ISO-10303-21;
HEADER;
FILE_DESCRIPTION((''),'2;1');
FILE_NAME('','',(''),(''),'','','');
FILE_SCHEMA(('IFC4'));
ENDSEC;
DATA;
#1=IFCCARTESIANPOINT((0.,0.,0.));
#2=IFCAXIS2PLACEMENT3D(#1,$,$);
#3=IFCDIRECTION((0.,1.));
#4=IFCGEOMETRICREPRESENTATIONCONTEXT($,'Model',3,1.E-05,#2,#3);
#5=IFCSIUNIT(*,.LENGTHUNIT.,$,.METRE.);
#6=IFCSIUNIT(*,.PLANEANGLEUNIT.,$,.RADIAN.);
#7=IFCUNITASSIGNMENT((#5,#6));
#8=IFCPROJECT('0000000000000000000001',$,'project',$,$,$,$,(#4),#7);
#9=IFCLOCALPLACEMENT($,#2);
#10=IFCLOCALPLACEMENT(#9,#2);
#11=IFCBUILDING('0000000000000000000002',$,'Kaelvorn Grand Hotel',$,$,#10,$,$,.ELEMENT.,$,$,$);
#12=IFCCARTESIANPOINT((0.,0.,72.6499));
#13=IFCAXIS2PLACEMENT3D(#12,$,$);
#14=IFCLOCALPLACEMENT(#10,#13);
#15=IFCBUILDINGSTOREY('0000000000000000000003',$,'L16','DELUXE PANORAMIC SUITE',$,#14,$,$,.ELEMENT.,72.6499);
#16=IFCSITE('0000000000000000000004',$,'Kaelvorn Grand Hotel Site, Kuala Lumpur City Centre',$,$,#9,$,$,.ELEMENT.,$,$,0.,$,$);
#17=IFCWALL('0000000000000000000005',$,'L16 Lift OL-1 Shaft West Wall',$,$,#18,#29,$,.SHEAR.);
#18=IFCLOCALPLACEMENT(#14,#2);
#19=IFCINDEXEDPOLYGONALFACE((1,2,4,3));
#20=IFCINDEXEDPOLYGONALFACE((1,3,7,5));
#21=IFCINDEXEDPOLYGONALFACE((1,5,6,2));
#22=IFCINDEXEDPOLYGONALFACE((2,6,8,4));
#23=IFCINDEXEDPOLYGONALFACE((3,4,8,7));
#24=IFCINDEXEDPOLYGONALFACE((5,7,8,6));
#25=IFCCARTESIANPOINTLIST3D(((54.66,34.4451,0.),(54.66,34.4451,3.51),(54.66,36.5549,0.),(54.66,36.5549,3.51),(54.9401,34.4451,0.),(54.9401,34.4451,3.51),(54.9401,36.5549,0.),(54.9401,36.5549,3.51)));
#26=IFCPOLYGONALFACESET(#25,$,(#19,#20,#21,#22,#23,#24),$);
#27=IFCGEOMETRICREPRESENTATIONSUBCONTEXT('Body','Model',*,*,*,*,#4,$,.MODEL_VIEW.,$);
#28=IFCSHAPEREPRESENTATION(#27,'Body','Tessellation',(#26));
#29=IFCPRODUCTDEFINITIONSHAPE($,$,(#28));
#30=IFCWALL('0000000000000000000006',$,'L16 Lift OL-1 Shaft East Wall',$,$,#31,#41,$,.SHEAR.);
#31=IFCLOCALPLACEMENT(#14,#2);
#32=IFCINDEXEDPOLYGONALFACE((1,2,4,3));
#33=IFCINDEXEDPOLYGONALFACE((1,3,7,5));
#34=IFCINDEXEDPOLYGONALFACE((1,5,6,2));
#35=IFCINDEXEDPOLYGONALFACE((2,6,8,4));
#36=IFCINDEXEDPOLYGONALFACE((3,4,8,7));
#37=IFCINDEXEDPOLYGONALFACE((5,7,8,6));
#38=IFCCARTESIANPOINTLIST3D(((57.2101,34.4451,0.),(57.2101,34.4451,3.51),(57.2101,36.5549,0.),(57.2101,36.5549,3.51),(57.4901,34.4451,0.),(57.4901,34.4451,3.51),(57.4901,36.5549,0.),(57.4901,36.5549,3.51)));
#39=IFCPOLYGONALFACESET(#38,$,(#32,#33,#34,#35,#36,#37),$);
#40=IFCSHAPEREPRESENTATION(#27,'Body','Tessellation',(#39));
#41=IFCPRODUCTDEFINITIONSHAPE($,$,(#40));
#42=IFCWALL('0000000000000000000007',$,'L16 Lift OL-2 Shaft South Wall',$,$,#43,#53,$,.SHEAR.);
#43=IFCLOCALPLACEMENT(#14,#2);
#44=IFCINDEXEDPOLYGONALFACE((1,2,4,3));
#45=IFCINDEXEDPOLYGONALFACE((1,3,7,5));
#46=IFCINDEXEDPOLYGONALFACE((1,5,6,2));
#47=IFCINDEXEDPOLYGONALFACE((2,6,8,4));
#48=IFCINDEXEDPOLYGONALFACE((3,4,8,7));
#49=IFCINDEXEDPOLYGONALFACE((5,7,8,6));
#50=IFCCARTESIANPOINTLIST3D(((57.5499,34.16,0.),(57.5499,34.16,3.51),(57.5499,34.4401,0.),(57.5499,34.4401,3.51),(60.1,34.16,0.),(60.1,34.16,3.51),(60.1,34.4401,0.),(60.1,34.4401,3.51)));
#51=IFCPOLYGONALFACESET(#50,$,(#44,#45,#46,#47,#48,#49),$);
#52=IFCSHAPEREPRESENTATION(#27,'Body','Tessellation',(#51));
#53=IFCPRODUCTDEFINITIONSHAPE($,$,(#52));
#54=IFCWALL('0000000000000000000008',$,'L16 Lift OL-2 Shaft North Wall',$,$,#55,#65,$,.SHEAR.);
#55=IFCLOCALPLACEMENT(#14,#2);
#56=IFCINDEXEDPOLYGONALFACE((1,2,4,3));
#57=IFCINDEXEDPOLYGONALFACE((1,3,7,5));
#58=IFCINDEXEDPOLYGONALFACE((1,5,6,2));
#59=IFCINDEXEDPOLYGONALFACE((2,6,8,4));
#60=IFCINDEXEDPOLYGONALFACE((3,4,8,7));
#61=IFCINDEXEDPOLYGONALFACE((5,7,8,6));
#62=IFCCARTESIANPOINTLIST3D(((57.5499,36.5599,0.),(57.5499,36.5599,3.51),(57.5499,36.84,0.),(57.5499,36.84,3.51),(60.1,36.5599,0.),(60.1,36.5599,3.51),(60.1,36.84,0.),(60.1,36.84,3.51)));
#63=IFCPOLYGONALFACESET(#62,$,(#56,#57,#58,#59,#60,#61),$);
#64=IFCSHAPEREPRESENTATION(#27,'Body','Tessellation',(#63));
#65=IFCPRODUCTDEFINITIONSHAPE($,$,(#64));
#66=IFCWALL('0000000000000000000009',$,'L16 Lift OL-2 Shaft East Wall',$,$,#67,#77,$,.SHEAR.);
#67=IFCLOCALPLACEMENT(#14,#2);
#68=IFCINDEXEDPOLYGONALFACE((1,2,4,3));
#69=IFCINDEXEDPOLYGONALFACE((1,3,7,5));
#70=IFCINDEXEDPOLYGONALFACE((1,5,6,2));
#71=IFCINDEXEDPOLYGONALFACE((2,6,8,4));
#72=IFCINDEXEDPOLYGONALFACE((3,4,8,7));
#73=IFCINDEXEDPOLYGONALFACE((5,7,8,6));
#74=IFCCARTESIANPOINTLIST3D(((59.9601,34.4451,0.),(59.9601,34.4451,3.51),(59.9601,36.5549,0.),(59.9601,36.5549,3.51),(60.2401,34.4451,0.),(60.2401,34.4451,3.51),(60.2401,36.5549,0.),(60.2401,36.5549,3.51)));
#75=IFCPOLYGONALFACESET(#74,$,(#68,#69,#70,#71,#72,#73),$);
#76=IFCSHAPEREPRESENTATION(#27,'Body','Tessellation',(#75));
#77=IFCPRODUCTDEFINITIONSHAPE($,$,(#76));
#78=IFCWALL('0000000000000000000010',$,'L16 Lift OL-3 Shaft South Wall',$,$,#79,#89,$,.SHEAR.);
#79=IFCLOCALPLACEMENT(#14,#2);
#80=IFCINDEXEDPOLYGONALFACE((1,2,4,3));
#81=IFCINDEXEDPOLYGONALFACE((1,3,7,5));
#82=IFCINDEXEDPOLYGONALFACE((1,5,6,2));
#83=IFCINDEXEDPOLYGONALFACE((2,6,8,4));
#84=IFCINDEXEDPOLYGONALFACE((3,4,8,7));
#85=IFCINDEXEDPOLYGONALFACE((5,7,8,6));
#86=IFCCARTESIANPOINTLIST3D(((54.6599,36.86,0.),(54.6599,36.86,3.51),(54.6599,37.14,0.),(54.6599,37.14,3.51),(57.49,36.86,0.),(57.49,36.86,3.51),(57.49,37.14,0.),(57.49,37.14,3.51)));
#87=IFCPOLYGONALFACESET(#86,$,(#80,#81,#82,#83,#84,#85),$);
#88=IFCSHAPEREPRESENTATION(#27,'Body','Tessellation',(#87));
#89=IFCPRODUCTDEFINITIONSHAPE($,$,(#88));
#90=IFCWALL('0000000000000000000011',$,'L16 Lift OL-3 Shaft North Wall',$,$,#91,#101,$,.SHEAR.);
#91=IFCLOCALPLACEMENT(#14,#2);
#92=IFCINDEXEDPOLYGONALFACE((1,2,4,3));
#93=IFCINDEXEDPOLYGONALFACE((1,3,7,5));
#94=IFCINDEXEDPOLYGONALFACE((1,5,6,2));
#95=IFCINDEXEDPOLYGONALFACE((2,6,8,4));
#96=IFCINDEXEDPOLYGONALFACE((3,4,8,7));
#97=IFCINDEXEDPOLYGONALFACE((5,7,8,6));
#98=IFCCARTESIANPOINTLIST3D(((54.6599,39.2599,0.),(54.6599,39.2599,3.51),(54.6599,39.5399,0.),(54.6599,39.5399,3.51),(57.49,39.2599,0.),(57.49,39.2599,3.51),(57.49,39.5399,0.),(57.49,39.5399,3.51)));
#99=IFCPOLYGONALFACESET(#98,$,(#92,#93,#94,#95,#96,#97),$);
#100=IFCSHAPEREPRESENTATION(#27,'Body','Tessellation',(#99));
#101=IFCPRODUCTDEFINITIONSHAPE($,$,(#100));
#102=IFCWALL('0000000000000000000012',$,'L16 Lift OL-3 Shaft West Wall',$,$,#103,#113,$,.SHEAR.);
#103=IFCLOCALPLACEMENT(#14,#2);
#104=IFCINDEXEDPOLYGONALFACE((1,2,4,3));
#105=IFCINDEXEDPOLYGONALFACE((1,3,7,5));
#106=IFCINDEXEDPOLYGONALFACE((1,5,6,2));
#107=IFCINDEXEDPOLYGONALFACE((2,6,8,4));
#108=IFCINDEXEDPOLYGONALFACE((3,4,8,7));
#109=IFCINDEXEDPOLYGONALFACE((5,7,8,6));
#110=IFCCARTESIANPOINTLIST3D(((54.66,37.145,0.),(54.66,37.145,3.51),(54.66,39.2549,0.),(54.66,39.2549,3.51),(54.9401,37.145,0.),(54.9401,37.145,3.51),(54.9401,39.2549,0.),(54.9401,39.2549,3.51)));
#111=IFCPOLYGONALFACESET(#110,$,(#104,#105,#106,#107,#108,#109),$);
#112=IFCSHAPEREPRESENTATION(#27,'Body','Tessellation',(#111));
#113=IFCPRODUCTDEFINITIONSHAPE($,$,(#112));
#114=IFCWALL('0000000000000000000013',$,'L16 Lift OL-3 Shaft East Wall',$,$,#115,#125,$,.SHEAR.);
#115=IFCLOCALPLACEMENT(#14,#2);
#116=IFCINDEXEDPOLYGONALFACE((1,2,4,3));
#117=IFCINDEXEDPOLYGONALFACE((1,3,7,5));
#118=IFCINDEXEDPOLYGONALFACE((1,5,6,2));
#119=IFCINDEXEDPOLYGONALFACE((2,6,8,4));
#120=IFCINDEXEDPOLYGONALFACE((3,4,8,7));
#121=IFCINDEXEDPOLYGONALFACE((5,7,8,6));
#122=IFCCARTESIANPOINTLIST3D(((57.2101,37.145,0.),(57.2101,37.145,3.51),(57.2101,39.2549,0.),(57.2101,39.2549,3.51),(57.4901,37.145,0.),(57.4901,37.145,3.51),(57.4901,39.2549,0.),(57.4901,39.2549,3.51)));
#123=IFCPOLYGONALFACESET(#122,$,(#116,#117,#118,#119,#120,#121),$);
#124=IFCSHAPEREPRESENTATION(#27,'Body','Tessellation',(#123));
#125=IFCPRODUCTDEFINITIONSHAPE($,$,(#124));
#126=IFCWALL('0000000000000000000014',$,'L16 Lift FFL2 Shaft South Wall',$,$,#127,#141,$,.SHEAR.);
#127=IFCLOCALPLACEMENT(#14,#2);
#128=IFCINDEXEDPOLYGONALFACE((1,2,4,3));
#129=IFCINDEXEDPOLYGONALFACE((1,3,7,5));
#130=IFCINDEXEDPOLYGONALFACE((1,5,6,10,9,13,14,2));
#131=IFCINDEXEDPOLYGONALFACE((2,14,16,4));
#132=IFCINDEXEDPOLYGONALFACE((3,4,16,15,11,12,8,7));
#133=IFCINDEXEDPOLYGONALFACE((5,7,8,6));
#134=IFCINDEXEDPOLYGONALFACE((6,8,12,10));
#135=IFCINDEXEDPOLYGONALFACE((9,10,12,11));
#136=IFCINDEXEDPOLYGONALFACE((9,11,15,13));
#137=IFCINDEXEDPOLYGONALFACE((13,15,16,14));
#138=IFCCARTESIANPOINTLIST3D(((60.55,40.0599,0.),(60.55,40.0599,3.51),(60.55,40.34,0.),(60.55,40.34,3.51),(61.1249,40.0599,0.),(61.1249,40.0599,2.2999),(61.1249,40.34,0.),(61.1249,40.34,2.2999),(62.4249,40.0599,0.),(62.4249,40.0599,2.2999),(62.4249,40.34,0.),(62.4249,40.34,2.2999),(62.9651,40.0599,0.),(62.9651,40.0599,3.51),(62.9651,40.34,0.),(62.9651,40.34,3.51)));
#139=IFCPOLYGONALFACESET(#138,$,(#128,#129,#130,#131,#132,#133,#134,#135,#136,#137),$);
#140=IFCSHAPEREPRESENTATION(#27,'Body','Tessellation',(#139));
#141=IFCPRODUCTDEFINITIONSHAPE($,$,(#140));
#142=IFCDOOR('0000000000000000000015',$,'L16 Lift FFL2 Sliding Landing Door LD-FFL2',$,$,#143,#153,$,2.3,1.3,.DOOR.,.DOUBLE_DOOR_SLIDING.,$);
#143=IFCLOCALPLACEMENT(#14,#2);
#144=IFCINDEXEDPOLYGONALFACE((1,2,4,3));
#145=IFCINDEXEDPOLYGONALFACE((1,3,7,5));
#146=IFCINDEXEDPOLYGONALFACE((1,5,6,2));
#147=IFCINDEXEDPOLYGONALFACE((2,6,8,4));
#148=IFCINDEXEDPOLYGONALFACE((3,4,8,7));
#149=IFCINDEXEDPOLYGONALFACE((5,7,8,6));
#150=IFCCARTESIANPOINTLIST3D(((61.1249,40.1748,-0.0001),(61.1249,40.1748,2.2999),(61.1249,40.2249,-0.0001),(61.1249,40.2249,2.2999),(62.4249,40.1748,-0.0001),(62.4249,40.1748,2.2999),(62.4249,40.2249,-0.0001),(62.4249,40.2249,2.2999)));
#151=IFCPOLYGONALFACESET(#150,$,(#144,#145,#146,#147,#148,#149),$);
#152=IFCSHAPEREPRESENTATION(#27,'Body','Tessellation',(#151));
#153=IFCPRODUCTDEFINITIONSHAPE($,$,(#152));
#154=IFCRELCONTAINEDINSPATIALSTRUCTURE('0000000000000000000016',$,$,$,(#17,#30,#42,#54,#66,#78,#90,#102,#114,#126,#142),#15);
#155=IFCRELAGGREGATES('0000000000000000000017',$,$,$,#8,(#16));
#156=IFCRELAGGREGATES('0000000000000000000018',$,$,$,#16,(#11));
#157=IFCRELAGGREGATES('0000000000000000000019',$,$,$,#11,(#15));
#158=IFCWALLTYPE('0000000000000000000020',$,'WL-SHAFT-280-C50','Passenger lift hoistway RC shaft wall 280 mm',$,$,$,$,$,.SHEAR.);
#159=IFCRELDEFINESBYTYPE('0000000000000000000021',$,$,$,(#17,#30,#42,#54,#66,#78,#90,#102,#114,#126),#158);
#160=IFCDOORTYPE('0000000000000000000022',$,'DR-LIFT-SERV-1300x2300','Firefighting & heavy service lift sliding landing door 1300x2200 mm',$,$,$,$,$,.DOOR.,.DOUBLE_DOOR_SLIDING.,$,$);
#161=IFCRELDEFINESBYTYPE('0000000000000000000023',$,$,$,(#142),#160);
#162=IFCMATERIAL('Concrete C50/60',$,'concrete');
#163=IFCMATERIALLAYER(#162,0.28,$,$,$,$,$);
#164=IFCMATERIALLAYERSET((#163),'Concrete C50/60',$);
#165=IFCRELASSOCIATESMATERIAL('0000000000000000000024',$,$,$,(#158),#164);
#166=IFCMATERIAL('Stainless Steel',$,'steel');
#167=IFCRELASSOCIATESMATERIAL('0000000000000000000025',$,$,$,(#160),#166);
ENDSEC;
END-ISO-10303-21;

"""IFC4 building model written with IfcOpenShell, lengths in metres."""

from ifc_helpers import new_model, si_unit, direction, frame, frame_2d, origin, place, context, subcontext, project, spatial, rectangle, extrude, material, layer, layer_set, type_object, element, fill, save


model = new_model("IFC4")

# Units and contexts
model_context = context("Model", 3, precision=1e-05, world=origin(), true_north=direction((0.0, 1.0)))
body_context = subcontext(model_context, "Body", "Model", "MODEL_VIEW")
ifc_project = project(units=[si_unit("LENGTHUNIT", "METRE"), si_unit("PLANEANGLEUNIT", "RADIAN")], contexts=[model_context])

# Site, building, storey
site_placement = place(None, origin())
site = spatial("IfcSite", under=ifc_project, at=site_placement, Name="Kaelvorn Grand Hotel Site, Kuala Lumpur City Centre", CompositionType="ELEMENT", RefElevation=0.0)
building_placement = place(site_placement, origin())
building = spatial("IfcBuilding", under=site, at=building_placement, Name="Kaelvorn Grand Hotel", CompositionType="ELEMENT")
storey_placement = place(building_placement, frame((0.0, 0.0, 72.6499)))
storey = spatial("IfcBuildingStorey", under=building, at=storey_placement, Name="L16", Description="DELUXE PANORAMIC SUITE", CompositionType="ELEMENT", Elevation=72.6499)

# Walls
ifc_material_1 = material(Name="Concrete C50/60", Category="concrete")
ifc_layer_1 = layer(ifc_material_1, 0.28)
ifc_layer_set_1 = layer_set([ifc_layer_1], Name="Concrete C50/60")
wall_type_1 = type_object("IfcWallType", Name="WL-SHAFT-280-C50", Description="Passenger lift hoistway RC shaft wall 280 mm", PredefinedType="SHEAR", material=ifc_layer_set_1)
for number, where, z_axis, x_axis, name in (
    (1, (54.8, 34.4451, 0.0), (0.0, 0.0, 1.0), (0.0, 1.0, 0.0), "L16 Lift OL-1 Shaft West Wall"),
    (2, (57.3501, 34.4451, 0.0), (0.0, 0.0, 1.0), (0.0, 1.0, 0.0), "L16 Lift OL-1 Shaft East Wall"),
):
    element("IfcWall", number, at=place(storey_placement, frame(where, z_axis=z_axis, x_axis=x_axis)), inside=storey, type_object=wall_type_1, Name=name, PredefinedType="SHEAR", context=body_context, shape_type="SweptSolid", body=[
        extrude(rectangle(XDim=2.1099, YDim=0.28, at=frame_2d((1.0549, 0.0))), origin(), (0.0, 0.0, 1.0), 3.51),
    ])
for number, where, z_axis, x_axis, name in (
    (3, (57.55, 34.3, 0.0), (0.0, 0.0, 1.0), (1.0, 0.0, 0.0), "L16 Lift OL-2 Shaft South Wall"),
    (4, (57.55, 36.7, 0.0), (0.0, 0.0, 1.0), (1.0, 0.0, 0.0), "L16 Lift OL-2 Shaft North Wall"),
):
    element("IfcWall", number, at=place(storey_placement, frame(where, z_axis=z_axis, x_axis=x_axis)), inside=storey, type_object=wall_type_1, Name=name, PredefinedType="SHEAR", context=body_context, shape_type="SweptSolid", body=[
        extrude(rectangle(XDim=2.55, YDim=0.28, at=frame_2d((1.2749, 0.0))), origin(), (0.0, 0.0, 1.0), 3.51),
    ])
wall_1_placement = place(storey_placement, frame((60.1001, 34.4451, 0.0), z_axis=(0.0, 0.0, 1.0), x_axis=(0.0, 1.0, 0.0)))
element("IfcWall", 5, at=wall_1_placement, inside=storey, type_object=wall_type_1, Name="L16 Lift OL-2 Shaft East Wall", PredefinedType="SHEAR", context=body_context, shape_type="SweptSolid", body=[
    extrude(rectangle(XDim=2.1099, YDim=0.28, at=frame_2d((1.0549, 0.0))), origin(), (0.0, 0.0, 1.0), 3.51),
])
for number, where, z_axis, x_axis, name in (
    (6, (54.6599, 37.0, 0.0), (0.0, 0.0, 1.0), (1.0, 0.0, 0.0), "L16 Lift OL-3 Shaft South Wall"),
    (7, (54.6599, 39.3999, 0.0), (0.0, 0.0, 1.0), (1.0, 0.0, 0.0), "L16 Lift OL-3 Shaft North Wall"),
):
    element("IfcWall", number, at=place(storey_placement, frame(where, z_axis=z_axis, x_axis=x_axis)), inside=storey, type_object=wall_type_1, Name=name, PredefinedType="SHEAR", context=body_context, shape_type="SweptSolid", body=[
        extrude(rectangle(XDim=2.8301, YDim=0.28, at=frame_2d((1.415, 0.0))), origin(), (0.0, 0.0, 1.0), 3.51),
    ])
for number, where, z_axis, x_axis, name in (
    (8, (54.8, 37.145, 0.0), (0.0, 0.0, 1.0), (0.0, 1.0, 0.0), "L16 Lift OL-3 Shaft West Wall"),
    (9, (57.3501, 37.145, 0.0), (0.0, 0.0, 1.0), (0.0, 1.0, 0.0), "L16 Lift OL-3 Shaft East Wall"),
):
    element("IfcWall", number, at=place(storey_placement, frame(where, z_axis=z_axis, x_axis=x_axis)), inside=storey, type_object=wall_type_1, Name=name, PredefinedType="SHEAR", context=body_context, shape_type="SweptSolid", body=[
        extrude(rectangle(XDim=2.1099, YDim=0.28, at=frame_2d((1.0549, 0.0))), origin(), (0.0, 0.0, 1.0), 3.51),
    ])

# Wall, opening, door
wall_2_placement = place(storey_placement, frame((60.55, 40.2, 0.0), z_axis=(0.0, 0.0, 1.0), x_axis=(1.0, 0.0, 0.0)))
wall_2 = element("IfcWall", 10, at=wall_2_placement, inside=storey, type_object=wall_type_1, Name="L16 Lift FFL2 Shaft South Wall", PredefinedType="SHEAR", context=body_context, shape_type="SweptSolid", body=[
    extrude(rectangle(XDim=2.415, YDim=0.28, at=frame_2d((1.2075, 0.0))), origin(), (0.0, 0.0, 1.0), 3.51),
])
opening_1_placement = place(wall_2_placement, frame((0.575, 0.0, 0.0)))
opening_1 = element("IfcOpeningElement", 11, at=opening_1_placement, cuts=wall_2, PredefinedType="OPENING", context=body_context, shape_type="SweptSolid", body=[
    extrude(rectangle(XDim=1.3, YDim=2.3, at=frame_2d((0.6499, 1.1499))), frame((0.0, 0.1499, 0.0), z_axis=(0.0, -1.0, 0.0), x_axis=(1.0, 0.0, 0.0)), (0.0, 0.0, 1.0), 0.3),
])
ifc_material_2 = material(Name="Stainless Steel", Category="steel")
door_type_1 = type_object("IfcDoorType", Name="DR-LIFT-SERV-1300x2300", Description="Firefighting & heavy service lift sliding landing door 1300x2200 mm", OperationType="DOUBLE_DOOR_SLIDING", PredefinedType="DOOR", material=ifc_material_2)
door_1_placement = place(opening_1_placement, origin())
door_1 = element("IfcDoor", 12, at=door_1_placement, inside=storey, type_object=door_type_1, Name="L16 Lift FFL2 Sliding Landing Door LD-FFL2", OperationType="DOUBLE_DOOR_SLIDING", OverallHeight=2.3, OverallWidth=1.3, PredefinedType="DOOR", context=body_context, shape_type="SweptSolid", body=[
    extrude(rectangle(XDim=1.3, YDim=2.3, at=frame_2d((0.6499, 1.1499))), frame((0.0, 0.0249, 0.0), z_axis=(0.0, -1.0, 0.0), x_axis=(1.0, 0.0, 0.0)), (0.0, 0.0, 1.0), 0.05),
])
fill(opening_1, door_1)

save(model, "model.ifc")
